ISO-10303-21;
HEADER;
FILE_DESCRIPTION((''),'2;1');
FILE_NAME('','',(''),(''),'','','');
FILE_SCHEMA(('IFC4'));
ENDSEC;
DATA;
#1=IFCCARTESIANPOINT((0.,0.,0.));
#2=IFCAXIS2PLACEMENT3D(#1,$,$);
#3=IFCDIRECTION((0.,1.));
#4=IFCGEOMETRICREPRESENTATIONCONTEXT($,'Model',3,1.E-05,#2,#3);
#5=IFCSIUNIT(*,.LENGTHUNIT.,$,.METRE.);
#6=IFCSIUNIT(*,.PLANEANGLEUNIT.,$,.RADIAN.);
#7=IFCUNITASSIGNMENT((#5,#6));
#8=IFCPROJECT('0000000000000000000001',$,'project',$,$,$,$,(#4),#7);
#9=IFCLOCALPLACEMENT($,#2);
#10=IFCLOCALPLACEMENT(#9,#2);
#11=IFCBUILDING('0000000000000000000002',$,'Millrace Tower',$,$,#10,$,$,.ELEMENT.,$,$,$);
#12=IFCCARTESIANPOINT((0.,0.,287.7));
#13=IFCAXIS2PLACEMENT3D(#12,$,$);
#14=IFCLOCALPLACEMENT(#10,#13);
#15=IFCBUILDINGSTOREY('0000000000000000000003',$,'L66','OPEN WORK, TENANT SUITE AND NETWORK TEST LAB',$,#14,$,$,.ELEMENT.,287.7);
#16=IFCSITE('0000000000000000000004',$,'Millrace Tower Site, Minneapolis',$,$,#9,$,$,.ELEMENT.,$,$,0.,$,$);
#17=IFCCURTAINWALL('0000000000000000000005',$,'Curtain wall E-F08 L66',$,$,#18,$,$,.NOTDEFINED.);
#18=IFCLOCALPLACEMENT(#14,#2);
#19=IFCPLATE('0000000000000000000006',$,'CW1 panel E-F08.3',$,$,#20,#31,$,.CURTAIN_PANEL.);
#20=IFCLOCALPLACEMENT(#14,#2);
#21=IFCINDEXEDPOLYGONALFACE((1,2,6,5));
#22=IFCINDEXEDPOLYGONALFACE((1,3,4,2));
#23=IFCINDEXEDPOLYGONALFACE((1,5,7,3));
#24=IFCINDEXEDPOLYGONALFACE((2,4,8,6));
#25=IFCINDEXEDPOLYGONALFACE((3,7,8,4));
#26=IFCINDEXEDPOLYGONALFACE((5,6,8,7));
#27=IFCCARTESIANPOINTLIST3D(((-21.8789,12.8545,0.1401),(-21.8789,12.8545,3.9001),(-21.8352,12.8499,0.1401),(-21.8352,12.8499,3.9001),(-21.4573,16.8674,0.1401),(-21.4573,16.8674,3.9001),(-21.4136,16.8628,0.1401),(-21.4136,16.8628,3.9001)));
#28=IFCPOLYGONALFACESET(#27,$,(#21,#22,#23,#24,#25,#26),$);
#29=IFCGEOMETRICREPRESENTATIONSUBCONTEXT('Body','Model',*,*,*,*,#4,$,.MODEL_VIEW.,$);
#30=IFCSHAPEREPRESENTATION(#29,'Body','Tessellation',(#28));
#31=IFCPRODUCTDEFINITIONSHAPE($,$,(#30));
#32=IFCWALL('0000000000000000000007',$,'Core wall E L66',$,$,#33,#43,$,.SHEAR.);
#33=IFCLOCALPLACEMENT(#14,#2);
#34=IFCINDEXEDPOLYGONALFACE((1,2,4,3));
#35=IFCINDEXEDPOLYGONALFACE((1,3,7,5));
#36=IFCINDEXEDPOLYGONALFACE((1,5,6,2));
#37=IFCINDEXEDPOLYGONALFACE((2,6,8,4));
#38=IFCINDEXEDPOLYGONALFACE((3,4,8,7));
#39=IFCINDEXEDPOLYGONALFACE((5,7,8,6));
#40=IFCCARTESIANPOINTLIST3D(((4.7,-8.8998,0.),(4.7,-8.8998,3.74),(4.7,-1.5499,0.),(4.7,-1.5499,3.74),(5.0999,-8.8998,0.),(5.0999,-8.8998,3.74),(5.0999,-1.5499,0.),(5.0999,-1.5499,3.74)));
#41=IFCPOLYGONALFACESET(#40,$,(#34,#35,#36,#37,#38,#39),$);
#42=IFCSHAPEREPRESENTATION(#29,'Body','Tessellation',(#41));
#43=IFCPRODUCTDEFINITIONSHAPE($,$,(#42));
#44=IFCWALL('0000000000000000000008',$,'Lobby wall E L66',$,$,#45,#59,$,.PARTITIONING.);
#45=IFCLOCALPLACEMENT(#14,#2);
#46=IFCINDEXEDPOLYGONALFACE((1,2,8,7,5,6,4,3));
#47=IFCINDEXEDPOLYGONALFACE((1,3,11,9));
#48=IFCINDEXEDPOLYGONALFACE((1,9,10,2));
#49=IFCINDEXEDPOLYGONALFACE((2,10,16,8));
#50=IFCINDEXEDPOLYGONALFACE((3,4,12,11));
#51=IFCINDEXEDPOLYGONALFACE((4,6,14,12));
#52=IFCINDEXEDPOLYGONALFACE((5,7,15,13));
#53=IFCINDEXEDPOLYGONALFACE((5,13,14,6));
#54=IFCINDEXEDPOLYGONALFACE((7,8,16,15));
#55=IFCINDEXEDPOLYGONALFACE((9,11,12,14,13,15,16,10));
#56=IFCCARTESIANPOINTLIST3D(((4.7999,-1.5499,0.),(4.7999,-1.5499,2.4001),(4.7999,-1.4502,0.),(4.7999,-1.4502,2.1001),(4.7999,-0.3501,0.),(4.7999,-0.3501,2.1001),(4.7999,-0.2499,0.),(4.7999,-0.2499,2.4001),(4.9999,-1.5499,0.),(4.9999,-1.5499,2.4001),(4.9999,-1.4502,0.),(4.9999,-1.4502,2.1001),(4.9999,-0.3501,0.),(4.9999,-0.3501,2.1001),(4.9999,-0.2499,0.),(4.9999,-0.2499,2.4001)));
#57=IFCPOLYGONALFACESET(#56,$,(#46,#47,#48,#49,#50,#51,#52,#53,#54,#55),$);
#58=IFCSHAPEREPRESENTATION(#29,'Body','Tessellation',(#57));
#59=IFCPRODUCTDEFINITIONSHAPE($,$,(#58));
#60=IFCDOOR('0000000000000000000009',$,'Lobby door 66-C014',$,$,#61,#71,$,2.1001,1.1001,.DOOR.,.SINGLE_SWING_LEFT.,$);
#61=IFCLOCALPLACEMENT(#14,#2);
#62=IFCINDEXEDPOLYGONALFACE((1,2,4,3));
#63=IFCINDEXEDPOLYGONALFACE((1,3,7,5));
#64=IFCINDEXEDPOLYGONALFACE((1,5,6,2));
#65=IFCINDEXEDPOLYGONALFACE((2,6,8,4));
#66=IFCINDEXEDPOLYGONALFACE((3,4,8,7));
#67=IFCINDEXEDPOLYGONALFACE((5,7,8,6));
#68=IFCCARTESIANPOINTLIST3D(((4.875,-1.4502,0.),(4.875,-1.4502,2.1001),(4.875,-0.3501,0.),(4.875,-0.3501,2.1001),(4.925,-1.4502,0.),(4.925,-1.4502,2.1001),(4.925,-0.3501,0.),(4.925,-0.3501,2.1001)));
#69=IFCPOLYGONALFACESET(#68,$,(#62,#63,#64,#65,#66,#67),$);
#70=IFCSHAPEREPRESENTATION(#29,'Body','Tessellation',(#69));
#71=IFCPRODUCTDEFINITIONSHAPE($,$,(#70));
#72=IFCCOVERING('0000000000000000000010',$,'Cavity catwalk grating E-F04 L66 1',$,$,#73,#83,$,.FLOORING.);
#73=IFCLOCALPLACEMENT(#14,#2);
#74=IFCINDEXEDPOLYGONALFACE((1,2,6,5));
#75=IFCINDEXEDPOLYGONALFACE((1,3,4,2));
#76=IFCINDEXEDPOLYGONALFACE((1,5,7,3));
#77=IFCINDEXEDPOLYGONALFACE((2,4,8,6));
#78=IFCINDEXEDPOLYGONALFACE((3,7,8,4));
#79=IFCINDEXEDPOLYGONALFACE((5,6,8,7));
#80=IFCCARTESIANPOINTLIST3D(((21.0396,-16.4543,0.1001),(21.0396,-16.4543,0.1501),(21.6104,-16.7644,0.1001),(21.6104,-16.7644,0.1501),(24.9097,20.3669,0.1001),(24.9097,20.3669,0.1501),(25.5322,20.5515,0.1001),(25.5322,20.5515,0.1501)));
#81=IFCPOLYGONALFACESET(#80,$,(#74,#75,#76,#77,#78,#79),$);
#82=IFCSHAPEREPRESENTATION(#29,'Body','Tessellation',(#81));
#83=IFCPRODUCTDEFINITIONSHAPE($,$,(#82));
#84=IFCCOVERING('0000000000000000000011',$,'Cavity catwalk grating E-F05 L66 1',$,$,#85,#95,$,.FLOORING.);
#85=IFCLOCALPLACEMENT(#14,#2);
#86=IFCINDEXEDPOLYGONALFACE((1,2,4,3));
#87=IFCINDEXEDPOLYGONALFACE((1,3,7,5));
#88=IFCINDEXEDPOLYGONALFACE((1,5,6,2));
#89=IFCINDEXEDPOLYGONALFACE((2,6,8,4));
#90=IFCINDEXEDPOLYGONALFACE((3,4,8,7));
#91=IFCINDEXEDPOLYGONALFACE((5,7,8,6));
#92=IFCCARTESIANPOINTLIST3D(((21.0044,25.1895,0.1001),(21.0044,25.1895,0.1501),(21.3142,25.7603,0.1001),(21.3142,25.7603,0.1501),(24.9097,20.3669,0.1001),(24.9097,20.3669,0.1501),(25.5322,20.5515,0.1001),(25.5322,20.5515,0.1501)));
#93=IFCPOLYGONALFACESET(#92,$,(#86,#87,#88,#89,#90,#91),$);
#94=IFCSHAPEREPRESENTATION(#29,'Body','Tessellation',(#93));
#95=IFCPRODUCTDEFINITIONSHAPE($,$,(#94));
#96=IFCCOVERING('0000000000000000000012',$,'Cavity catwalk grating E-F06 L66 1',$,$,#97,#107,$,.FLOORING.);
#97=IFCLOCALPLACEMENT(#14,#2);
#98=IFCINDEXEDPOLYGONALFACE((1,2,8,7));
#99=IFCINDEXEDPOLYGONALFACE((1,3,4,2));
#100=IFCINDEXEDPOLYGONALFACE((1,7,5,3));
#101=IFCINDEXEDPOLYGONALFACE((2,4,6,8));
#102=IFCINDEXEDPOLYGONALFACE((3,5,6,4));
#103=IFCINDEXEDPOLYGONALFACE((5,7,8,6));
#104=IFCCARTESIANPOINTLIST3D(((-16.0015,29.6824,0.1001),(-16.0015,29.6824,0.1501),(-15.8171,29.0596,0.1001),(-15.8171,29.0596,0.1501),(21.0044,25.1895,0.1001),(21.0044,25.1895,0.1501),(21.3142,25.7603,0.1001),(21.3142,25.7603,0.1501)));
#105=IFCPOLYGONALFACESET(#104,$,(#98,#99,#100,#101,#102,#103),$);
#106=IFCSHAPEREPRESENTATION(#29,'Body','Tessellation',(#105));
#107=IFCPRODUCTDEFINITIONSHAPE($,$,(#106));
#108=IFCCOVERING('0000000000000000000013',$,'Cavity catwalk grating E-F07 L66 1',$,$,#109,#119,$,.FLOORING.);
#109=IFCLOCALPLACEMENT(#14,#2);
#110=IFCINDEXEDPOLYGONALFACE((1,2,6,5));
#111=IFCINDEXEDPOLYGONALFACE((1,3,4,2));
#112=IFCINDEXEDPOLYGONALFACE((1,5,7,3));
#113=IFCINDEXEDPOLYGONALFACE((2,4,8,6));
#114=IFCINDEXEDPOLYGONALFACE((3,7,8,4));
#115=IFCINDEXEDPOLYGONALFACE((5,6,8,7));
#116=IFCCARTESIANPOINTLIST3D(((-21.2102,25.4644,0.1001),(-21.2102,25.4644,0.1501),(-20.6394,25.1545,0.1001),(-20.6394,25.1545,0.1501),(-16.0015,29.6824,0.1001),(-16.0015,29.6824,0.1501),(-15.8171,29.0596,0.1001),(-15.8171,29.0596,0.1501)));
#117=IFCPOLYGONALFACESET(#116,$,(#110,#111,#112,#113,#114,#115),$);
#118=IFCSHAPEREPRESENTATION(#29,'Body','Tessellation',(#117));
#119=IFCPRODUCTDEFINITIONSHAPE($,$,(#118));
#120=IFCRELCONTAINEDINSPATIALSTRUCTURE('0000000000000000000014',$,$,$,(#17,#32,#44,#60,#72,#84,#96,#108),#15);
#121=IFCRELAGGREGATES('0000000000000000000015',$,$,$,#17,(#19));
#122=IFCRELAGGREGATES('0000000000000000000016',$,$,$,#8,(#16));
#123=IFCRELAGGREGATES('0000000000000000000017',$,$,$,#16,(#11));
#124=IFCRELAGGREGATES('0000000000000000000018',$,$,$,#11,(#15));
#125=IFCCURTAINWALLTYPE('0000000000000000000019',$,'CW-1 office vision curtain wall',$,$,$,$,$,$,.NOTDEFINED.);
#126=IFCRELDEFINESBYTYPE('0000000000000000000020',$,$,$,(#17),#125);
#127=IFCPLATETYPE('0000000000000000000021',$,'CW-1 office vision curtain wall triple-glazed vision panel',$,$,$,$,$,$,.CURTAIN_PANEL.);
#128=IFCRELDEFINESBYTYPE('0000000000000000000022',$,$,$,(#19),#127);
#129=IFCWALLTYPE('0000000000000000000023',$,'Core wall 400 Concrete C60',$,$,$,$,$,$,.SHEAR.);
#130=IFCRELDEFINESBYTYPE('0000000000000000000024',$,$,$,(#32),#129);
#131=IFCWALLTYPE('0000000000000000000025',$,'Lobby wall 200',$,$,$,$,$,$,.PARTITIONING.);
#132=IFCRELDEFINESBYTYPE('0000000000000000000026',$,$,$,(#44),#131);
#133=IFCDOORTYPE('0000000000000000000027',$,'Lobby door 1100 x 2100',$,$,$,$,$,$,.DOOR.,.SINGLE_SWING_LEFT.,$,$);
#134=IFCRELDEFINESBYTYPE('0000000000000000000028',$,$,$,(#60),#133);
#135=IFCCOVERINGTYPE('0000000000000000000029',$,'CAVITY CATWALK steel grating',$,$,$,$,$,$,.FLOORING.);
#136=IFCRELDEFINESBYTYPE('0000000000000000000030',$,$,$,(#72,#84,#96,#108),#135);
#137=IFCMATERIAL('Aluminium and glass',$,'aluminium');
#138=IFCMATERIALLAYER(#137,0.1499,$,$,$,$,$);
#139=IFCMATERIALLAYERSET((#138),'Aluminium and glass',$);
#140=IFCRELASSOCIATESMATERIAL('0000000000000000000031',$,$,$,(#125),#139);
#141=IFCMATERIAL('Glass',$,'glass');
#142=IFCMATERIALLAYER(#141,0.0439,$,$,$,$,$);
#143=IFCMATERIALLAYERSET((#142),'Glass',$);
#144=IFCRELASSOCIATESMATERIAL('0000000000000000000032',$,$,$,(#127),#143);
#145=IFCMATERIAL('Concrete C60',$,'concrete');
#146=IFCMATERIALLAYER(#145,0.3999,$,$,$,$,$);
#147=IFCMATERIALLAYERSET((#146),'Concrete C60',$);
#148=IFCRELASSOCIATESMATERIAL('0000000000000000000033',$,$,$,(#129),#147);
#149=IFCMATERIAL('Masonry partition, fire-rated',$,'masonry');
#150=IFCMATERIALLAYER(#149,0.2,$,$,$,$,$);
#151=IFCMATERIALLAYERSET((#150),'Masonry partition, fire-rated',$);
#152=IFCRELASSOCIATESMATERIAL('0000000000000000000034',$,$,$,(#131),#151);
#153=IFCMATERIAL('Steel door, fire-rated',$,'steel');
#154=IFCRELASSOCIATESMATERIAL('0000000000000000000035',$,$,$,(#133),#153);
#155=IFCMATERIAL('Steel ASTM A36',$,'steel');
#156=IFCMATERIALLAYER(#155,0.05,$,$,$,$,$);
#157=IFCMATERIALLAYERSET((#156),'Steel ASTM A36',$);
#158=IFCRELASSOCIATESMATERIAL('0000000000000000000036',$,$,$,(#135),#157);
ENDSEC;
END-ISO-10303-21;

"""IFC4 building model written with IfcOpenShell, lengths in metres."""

from ifc_helpers import new_model, si_unit, direction, frame, frame_2d, origin, place, context, subcontext, project, spatial, polyline, rectangle, outline, extrude, material, layer, layer_set, type_object, element, fill, aggregate, save


model = new_model("IFC4")

# Units and contexts
model_context = context("Model", 3, precision=1e-05, world=origin(), true_north=direction((0.0, 1.0)))
body_context = subcontext(model_context, "Body", "Model", "MODEL_VIEW")
ifc_project = project(units=[si_unit("LENGTHUNIT", "METRE"), si_unit("PLANEANGLEUNIT", "RADIAN")], contexts=[model_context])

# Site, building, storey
site_placement = place(None, origin())
site = spatial("IfcSite", under=ifc_project, at=site_placement, Name="Millrace Tower Site, Minneapolis", CompositionType="ELEMENT", RefElevation=0.0)
building_placement = place(site_placement, origin())
building = spatial("IfcBuilding", under=site, at=building_placement, Name="Millrace Tower", CompositionType="ELEMENT")
storey_placement = place(building_placement, frame((0.0, 0.0, 287.7)))
storey = spatial("IfcBuildingStorey", under=building, at=storey_placement, Name="L66", Description="OPEN WORK, TENANT SUITE AND NETWORK TEST LAB", CompositionType="ELEMENT", Elevation=287.7)

# Shared definitions
ifc_material_1 = material(Name="Aluminium and glass", Category="aluminium")
ifc_layer_1 = layer(ifc_material_1, 0.1499)
ifc_layer_set_1 = layer_set([ifc_layer_1], Name="Aluminium and glass")
curtain_wall_type = type_object("IfcCurtainWallType", Name="CW-1 office vision curtain wall", PredefinedType="NOTDEFINED", material=ifc_layer_set_1)
placement_1 = place(storey_placement, origin())
ifc_material_2 = material(Name="Glass", Category="glass")
ifc_layer_2 = layer(ifc_material_2, 0.0439)
ifc_layer_set_2 = layer_set([ifc_layer_2], Name="Glass")
plate_type = type_object("IfcPlateType", Name="CW-1 office vision curtain wall triple-glazed vision panel", PredefinedType="CURTAIN_PANEL", material=ifc_layer_set_2)
placement_2 = place(storey_placement, frame((0.0, 0.0, 0.1401)))

# Curtain wall, plate
curtain_wall_1 = element("IfcCurtainWall", 1, at=placement_1, inside=storey, type_object=curtain_wall_type, Name="Curtain wall E-F08 L66", PredefinedType="NOTDEFINED")
plate_1 = element("IfcPlate", 2, at=placement_2, type_object=plate_type, Name="CW1 panel E-F08.3", PredefinedType="CURTAIN_PANEL", context=body_context, shape_type="SweptSolid", body=[
    extrude(outline(polyline([(-21.4573, 16.8674), (-21.8789, 12.8545), (-21.8352, 12.8499), (-21.4136, 16.8628), (-21.4573, 16.8674)])), origin(), (0.0, 0.0, 1.0), 3.76),
])
aggregate(curtain_wall_1, [plate_1])

# Wall
ifc_material_3 = material(Name="Concrete C60", Category="concrete")
ifc_layer_3 = layer(ifc_material_3, 0.3999)
ifc_layer_set_3 = layer_set([ifc_layer_3], Name="Concrete C60")
wall_type_1 = type_object("IfcWallType", Name="Core wall 400 Concrete C60", PredefinedType="SHEAR", material=ifc_layer_set_3)
wall_1_placement = place(storey_placement, frame((4.8999, -1.55, 0.0), z_axis=(0.0, 0.0, 1.0), x_axis=(0.0, -1.0, 0.0)))
element("IfcWall", 3, at=wall_1_placement, inside=storey, type_object=wall_type_1, Name="Core wall E L66", PredefinedType="SHEAR", context=body_context, shape_type="SweptSolid", body=[
    extrude(rectangle(XDim=7.3499, YDim=0.3999, at=frame_2d((3.6748, 0.0))), origin(), (0.0, 0.0, 1.0), 3.74),
])

# Wall, opening, door
ifc_material_4 = material(Name="Masonry partition, fire-rated", Category="masonry")
ifc_layer_4 = layer(ifc_material_4, 0.2)
ifc_layer_set_4 = layer_set([ifc_layer_4], Name="Masonry partition, fire-rated")
wall_type_2 = type_object("IfcWallType", Name="Lobby wall 200", PredefinedType="PARTITIONING", material=ifc_layer_set_4)
wall_2_placement = place(storey_placement, frame((4.8999, -0.25, 0.0), z_axis=(0.0, 0.0, 1.0), x_axis=(0.0, -1.0, 0.0)))
wall_2 = element("IfcWall", 4, at=wall_2_placement, inside=storey, type_object=wall_type_2, Name="Lobby wall E L66", PredefinedType="PARTITIONING", context=body_context, shape_type="SweptSolid", body=[
    extrude(rectangle(XDim=1.3, YDim=0.2, at=frame_2d((0.6499, 0.0))), origin(), (0.0, 0.0, 1.0), 2.4001),
])
opening_placement = place(wall_2_placement, frame((0.1001, 0.0, 0.0)))
opening = element("IfcOpeningElement", 5, at=opening_placement, cuts=wall_2, PredefinedType="OPENING", context=body_context, shape_type="SweptSolid", body=[
    extrude(rectangle(XDim=1.1001, YDim=2.1001, at=frame_2d((0.55, 1.05))), frame((0.0, 0.1099, 0.0), z_axis=(0.0, -1.0, 0.0), x_axis=(1.0, 0.0, 0.0)), (0.0, 0.0, 1.0), 0.22),
])
ifc_material_5 = material(Name="Steel door, fire-rated", Category="steel")
door_type = type_object("IfcDoorType", Name="Lobby door 1100 x 2100", OperationType="SINGLE_SWING_LEFT", PredefinedType="DOOR", material=ifc_material_5)
door_placement = place(opening_placement, frame((1.1001, 0.0, 0.0), z_axis=(0.0, 0.0, 1.0), x_axis=(-1.0, 0.0, 0.0)))
door = element("IfcDoor", 6, at=door_placement, inside=storey, type_object=door_type, Name="Lobby door 66-C014", OperationType="SINGLE_SWING_LEFT", OverallHeight=2.1001, OverallWidth=1.1001, PredefinedType="DOOR", context=body_context, shape_type="SweptSolid", body=[
    extrude(rectangle(XDim=1.1001, YDim=2.1001, at=frame_2d((0.55, 1.05))), frame((0.0, 0.0249, 0.0), z_axis=(0.0, -1.0, 0.0), x_axis=(1.0, 0.0, 0.0)), (0.0, 0.0, 1.0), 0.05),
])
fill(opening, door)

# Coverings
ifc_material_6 = material(Name="Steel ASTM A36", Category="steel")
ifc_layer_5 = layer(ifc_material_6, 0.05)
ifc_layer_set_5 = layer_set([ifc_layer_5], Name="Steel ASTM A36")
covering_type = type_object("IfcCoveringType", Name="CAVITY CATWALK steel grating", PredefinedType="FLOORING", material=ifc_layer_set_5)
placement_3 = place(storey_placement, frame((0.0, 0.0, 0.1001)))
element("IfcCovering", 7, at=placement_3, inside=storey, type_object=covering_type, Name="Cavity catwalk grating E-F04 L66 1", PredefinedType="FLOORING", context=body_context, shape_type="SweptSolid", body=[
    extrude(outline(polyline([(21.6104, -16.7644), (25.5322, 20.5515), (24.9097, 20.3669), (21.0396, -16.4543), (21.6104, -16.7644)])), origin(), (0.0, 0.0, 1.0), 0.05),
])
element("IfcCovering", 8, at=placement_3, inside=storey, type_object=covering_type, Name="Cavity catwalk grating E-F05 L66 1", PredefinedType="FLOORING", context=body_context, shape_type="SweptSolid", body=[
    extrude(outline(polyline([(25.5322, 20.5515), (21.3142, 25.7603), (21.0044, 25.1895), (24.9097, 20.3669), (25.5322, 20.5515)])), origin(), (0.0, 0.0, 1.0), 0.05),
])
element("IfcCovering", 9, at=placement_3, inside=storey, type_object=covering_type, Name="Cavity catwalk grating E-F06 L66 1", PredefinedType="FLOORING", context=body_context, shape_type="SweptSolid", body=[
    extrude(outline(polyline([(21.3142, 25.7603), (-16.0015, 29.6824), (-15.8171, 29.0596), (21.0044, 25.1895), (21.3142, 25.7603)])), origin(), (0.0, 0.0, 1.0), 0.05),
])
element("IfcCovering", 10, at=placement_3, inside=storey, type_object=covering_type, Name="Cavity catwalk grating E-F07 L66 1", PredefinedType="FLOORING", context=body_context, shape_type="SweptSolid", body=[
    extrude(outline(polyline([(-16.0015, 29.6824), (-21.2102, 25.4644), (-20.6394, 25.1545), (-15.8171, 29.0596), (-16.0015, 29.6824)])), origin(), (0.0, 0.0, 1.0), 0.05),
])

save(model, "model.ifc")
